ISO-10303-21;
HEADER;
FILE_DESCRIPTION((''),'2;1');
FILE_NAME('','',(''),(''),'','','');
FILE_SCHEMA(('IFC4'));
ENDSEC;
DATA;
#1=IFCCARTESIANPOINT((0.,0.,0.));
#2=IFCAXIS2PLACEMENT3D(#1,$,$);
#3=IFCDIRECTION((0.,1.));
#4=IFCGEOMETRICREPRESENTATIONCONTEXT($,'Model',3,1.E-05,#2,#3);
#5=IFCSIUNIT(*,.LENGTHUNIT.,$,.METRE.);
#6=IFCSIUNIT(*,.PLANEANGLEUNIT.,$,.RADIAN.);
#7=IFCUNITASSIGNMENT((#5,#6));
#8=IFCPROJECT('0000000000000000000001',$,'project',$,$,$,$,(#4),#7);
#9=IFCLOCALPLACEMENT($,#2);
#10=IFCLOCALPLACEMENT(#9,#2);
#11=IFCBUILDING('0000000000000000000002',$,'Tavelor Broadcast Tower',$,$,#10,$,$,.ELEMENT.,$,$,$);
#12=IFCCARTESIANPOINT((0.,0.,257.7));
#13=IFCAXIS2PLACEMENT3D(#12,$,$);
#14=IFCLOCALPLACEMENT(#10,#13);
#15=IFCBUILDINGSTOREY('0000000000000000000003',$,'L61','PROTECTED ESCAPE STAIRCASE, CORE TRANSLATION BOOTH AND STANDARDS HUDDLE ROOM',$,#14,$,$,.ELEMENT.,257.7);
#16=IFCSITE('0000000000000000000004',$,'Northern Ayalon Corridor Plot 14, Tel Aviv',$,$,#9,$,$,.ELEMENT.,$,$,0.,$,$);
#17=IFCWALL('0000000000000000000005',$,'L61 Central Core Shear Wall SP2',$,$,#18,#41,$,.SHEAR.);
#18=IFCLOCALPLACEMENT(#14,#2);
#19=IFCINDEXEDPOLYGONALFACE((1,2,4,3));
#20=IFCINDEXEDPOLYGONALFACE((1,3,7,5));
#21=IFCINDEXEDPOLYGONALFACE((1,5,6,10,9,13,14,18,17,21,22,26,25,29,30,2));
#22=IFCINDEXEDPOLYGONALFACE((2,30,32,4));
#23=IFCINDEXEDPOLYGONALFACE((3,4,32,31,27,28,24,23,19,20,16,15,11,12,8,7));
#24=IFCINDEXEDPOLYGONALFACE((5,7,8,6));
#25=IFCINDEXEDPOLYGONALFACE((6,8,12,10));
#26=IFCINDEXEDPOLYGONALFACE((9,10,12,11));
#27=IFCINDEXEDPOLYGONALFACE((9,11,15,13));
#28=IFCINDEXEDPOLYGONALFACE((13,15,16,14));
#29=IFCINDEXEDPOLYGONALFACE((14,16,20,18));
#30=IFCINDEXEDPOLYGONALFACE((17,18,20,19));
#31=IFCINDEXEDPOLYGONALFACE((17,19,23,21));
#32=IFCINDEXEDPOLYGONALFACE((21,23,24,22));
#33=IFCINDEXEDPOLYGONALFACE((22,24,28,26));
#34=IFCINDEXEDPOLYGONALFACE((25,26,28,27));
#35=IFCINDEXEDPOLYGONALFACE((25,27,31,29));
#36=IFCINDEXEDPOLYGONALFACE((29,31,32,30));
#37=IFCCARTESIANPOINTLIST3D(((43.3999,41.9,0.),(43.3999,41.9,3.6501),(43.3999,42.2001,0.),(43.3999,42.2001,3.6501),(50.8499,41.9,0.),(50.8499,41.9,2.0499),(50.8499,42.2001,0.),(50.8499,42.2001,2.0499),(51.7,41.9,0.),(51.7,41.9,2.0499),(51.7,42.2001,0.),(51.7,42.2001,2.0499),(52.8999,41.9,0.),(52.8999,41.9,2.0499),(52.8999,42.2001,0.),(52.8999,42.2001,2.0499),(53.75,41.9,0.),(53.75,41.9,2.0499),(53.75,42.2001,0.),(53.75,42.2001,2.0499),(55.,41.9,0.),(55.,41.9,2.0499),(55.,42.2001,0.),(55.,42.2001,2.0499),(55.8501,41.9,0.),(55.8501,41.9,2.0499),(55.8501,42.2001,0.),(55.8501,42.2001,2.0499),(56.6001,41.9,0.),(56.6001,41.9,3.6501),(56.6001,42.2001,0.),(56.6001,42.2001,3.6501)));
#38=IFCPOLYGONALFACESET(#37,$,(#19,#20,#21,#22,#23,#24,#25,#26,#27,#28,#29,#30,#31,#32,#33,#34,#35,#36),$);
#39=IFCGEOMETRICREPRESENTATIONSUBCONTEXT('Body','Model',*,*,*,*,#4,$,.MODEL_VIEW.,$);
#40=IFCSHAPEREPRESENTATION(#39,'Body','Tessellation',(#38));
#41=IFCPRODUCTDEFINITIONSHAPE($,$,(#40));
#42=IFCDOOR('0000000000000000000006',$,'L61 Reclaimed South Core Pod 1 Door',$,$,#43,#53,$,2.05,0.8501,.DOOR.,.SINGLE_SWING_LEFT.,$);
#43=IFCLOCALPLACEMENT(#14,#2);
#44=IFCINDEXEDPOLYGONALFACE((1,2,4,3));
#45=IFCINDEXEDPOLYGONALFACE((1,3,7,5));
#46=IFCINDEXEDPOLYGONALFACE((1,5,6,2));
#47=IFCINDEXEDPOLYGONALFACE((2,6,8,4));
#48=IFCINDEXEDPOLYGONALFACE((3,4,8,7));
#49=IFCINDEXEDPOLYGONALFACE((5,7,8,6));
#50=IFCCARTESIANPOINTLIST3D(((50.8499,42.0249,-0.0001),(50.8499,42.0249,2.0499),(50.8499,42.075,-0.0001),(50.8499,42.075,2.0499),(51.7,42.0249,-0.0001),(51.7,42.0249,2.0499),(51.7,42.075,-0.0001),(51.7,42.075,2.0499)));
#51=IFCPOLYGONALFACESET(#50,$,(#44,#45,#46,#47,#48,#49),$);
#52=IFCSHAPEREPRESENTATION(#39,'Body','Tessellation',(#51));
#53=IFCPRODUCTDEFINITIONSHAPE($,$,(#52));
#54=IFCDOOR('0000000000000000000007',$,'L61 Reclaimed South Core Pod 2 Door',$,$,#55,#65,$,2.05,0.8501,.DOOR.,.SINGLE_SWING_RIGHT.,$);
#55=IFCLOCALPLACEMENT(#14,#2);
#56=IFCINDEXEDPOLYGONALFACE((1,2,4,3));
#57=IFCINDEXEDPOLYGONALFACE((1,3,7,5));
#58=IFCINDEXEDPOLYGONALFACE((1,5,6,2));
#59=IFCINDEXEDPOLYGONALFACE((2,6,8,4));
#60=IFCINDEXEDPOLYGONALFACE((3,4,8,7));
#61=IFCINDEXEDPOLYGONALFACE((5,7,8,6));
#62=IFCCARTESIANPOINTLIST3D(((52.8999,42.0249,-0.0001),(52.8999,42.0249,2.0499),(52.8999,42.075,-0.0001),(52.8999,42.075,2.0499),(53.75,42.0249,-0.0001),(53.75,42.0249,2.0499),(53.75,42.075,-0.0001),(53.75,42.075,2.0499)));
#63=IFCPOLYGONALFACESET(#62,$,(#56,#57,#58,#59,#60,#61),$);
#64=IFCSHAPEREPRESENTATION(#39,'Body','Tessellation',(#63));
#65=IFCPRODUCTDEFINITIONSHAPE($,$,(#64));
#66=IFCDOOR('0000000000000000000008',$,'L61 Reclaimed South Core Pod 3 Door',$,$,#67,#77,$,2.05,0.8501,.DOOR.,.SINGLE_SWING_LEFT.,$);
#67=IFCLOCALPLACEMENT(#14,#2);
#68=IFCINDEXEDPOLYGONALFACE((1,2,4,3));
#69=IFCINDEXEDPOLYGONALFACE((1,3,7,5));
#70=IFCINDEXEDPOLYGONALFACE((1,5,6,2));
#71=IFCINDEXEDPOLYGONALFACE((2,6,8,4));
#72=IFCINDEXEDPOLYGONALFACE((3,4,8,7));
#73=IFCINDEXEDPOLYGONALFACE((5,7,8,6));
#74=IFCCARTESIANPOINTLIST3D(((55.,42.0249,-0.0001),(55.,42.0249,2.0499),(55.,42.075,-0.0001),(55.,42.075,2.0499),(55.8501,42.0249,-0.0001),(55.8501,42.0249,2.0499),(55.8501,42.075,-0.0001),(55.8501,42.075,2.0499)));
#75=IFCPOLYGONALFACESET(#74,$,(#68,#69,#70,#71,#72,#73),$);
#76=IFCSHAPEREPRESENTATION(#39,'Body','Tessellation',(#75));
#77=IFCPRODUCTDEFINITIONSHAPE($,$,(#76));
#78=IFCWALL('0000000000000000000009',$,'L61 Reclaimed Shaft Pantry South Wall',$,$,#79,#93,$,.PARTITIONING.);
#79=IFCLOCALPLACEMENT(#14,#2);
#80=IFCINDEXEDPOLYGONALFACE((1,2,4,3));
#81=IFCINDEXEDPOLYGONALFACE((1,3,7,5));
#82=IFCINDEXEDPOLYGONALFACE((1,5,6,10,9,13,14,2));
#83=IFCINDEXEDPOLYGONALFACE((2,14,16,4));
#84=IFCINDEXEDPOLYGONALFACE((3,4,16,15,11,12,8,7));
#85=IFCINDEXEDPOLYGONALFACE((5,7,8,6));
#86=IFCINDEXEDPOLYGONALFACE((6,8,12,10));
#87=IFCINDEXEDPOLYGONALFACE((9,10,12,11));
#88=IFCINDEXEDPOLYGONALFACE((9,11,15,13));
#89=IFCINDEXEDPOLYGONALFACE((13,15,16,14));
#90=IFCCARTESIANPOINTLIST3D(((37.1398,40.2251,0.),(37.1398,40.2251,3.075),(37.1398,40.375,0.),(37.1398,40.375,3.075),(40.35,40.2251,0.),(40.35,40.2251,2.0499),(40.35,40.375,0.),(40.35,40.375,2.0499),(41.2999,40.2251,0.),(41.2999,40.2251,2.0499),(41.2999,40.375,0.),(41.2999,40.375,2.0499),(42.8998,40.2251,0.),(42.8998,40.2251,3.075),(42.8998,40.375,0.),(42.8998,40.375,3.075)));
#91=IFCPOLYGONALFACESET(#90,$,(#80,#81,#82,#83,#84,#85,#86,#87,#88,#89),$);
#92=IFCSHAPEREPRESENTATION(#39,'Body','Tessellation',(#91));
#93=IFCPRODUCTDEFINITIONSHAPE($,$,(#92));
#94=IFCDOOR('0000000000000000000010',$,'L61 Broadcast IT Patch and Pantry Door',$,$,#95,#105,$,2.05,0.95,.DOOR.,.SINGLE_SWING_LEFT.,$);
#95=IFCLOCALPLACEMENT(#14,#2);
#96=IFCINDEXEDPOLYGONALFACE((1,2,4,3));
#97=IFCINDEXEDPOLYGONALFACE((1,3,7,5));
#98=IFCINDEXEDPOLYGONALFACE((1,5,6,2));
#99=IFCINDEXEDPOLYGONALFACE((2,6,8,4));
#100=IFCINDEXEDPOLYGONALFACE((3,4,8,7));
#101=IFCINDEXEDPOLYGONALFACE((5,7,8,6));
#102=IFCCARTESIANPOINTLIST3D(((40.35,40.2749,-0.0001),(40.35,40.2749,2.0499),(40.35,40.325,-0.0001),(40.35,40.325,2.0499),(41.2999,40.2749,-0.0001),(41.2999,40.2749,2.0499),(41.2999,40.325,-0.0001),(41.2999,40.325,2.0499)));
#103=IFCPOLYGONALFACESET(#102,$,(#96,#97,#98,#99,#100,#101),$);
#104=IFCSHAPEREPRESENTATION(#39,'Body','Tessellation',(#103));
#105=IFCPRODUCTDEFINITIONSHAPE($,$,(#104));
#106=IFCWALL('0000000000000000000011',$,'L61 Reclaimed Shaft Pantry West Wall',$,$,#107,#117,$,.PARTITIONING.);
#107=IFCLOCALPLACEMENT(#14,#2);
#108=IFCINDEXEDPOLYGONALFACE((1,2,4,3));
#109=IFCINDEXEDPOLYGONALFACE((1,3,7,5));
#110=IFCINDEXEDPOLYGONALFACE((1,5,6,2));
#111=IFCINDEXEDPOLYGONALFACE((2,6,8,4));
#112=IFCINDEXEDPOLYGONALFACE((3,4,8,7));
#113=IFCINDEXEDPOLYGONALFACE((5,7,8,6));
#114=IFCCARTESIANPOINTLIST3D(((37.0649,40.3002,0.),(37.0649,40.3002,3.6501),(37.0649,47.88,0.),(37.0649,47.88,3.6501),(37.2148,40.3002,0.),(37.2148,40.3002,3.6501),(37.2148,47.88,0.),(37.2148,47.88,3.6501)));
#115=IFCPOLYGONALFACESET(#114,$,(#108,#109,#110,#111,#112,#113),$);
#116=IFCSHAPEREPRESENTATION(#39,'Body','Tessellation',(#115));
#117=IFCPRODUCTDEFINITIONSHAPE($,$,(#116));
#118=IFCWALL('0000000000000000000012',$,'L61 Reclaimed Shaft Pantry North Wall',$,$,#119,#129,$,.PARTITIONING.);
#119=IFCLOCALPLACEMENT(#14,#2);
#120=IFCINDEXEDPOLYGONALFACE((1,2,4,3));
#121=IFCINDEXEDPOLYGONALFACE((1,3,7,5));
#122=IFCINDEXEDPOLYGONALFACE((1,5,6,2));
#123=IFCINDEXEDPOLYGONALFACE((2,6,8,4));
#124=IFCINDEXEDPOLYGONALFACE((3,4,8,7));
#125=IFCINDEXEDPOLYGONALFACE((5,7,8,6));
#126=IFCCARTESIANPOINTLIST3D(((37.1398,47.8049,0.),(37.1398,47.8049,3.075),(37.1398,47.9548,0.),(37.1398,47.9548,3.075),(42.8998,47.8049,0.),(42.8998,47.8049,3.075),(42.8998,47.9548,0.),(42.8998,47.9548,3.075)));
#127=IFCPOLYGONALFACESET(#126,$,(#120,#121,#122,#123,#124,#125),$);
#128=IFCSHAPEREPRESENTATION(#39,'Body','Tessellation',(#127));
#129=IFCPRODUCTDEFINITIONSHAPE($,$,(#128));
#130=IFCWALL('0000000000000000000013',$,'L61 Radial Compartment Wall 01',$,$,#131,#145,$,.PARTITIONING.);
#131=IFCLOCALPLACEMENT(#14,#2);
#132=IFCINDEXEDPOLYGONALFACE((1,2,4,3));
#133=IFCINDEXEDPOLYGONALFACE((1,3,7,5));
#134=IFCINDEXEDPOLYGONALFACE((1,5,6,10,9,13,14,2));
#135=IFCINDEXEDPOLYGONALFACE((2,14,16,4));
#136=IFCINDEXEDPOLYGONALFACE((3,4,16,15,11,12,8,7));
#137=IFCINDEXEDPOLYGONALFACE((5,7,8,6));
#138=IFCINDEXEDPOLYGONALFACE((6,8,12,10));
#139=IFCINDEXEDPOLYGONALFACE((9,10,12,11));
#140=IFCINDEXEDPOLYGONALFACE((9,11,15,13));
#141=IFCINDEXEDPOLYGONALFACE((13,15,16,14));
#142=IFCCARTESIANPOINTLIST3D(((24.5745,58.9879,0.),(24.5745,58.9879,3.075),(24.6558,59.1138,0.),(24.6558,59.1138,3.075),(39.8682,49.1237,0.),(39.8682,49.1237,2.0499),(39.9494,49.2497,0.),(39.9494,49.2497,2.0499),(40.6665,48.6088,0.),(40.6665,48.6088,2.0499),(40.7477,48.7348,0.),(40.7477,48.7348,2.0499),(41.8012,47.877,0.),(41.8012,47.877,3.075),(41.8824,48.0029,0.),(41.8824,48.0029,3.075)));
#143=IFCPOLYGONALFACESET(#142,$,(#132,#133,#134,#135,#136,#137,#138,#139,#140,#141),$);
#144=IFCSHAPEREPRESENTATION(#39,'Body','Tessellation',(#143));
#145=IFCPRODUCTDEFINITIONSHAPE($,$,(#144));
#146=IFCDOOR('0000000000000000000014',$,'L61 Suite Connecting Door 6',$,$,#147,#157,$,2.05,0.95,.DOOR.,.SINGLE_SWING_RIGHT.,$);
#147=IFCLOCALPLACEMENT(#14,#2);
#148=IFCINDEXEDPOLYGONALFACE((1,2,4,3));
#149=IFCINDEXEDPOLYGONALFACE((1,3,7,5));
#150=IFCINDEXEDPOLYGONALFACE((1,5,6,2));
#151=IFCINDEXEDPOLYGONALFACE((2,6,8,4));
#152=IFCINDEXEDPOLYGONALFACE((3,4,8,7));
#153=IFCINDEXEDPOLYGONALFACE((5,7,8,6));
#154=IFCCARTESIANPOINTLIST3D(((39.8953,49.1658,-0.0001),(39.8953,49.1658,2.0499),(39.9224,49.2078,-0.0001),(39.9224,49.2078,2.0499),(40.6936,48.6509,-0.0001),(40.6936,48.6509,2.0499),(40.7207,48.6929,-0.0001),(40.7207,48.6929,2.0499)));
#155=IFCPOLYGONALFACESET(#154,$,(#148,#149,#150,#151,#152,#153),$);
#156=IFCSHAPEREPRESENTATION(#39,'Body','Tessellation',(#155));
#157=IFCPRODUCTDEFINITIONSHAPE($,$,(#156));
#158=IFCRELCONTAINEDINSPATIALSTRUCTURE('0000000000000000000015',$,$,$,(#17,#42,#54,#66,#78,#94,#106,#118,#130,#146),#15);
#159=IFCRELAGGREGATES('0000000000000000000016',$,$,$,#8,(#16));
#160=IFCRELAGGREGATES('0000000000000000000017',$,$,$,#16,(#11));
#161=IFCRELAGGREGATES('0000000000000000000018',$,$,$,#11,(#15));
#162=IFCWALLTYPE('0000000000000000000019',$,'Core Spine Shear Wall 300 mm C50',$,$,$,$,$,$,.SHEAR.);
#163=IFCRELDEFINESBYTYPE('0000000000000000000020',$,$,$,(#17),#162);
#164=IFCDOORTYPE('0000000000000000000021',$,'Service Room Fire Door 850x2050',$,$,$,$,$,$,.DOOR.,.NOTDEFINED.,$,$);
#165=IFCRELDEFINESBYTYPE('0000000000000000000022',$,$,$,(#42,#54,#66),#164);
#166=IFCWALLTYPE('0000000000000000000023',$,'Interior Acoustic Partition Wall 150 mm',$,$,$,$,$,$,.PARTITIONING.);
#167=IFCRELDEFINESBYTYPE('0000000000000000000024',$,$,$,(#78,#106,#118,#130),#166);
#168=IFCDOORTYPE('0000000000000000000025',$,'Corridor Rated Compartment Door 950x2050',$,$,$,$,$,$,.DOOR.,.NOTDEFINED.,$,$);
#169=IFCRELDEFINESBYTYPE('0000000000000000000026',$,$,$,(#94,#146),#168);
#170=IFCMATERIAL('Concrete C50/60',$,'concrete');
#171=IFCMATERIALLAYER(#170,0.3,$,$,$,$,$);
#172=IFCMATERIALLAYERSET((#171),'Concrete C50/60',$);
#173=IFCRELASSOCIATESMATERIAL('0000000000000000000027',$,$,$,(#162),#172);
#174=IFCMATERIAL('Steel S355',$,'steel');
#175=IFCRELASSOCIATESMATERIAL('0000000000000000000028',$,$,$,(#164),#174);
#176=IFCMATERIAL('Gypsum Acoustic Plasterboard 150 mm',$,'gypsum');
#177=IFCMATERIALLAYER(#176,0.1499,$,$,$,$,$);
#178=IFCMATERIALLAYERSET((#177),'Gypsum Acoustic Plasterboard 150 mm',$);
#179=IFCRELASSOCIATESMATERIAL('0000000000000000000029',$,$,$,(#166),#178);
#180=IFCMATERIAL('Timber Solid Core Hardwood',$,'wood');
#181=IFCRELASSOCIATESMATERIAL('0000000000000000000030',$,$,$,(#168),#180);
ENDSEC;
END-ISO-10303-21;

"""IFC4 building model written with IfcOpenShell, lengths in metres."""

from ifc_helpers import new_model, si_unit, direction, frame, frame_2d, origin, place, context, subcontext, project, spatial, rectangle, extrude, material, layer, layer_set, type_object, element, fill, save


model = new_model("IFC4")

# Units and contexts
model_context = context("Model", 3, precision=1e-05, world=origin(), true_north=direction((0.0, 1.0)))
body_context = subcontext(model_context, "Body", "Model", "MODEL_VIEW")
ifc_project = project(units=[si_unit("LENGTHUNIT", "METRE"), si_unit("PLANEANGLEUNIT", "RADIAN")], contexts=[model_context])

# Site, building, storey
site_placement = place(None, origin())
site = spatial("IfcSite", under=ifc_project, at=site_placement, Name="Northern Ayalon Corridor Plot 14, Tel Aviv", CompositionType="ELEMENT", RefElevation=0.0)
building_placement = place(site_placement, origin())
building = spatial("IfcBuilding", under=site, at=building_placement, Name="Tavelor Broadcast Tower", CompositionType="ELEMENT")
storey_placement = place(building_placement, frame((0.0, 0.0, 257.7)))
storey = spatial("IfcBuildingStorey", under=building, at=storey_placement, Name="L61", Description="PROTECTED ESCAPE STAIRCASE, CORE TRANSLATION BOOTH AND STANDARDS HUDDLE ROOM", CompositionType="ELEMENT", Elevation=257.7)

# Shared definitions
ifc_material_1 = material(Name="Concrete C50/60", Category="concrete")

# Shared definitions
ifc_material_2 = material(Name="Steel S355", Category="steel")

# Wall, openings, doors
ifc_layer_1 = layer(ifc_material_1, 0.3)
ifc_layer_set_1 = layer_set([ifc_layer_1], Name="Concrete C50/60")
wall_type_1 = type_object("IfcWallType", Name="Core Spine Shear Wall 300 mm C50", PredefinedType="SHEAR", material=ifc_layer_set_1)
wall_1_placement = place(storey_placement, frame((43.3999, 42.05, 0.0), z_axis=(0.0, 0.0, 1.0), x_axis=(1.0, 0.0, 0.0)))
wall_1 = element("IfcWall", 1, at=wall_1_placement, inside=storey, type_object=wall_type_1, Name="L61 Central Core Shear Wall SP2", PredefinedType="SHEAR", context=body_context, shape_type="SweptSolid", body=[
    extrude(rectangle(XDim=13.2002, YDim=0.3, at=frame_2d((6.6001, 0.0))), origin(), (0.0, 0.0, 1.0), 3.6501),
])
opening_1_placement = place(wall_1_placement, frame((7.45, 0.0, 0.0)))
opening_1 = element("IfcOpeningElement", 2, at=opening_1_placement, cuts=wall_1, PredefinedType="OPENING", context=body_context, shape_type="SweptSolid", body=[
    extrude(rectangle(XDim=0.8501, YDim=2.05, at=frame_2d((0.425, 1.0249))), frame((0.0, 0.1602, 0.0), z_axis=(0.0, -1.0, 0.0), x_axis=(1.0, 0.0, 0.0)), (0.0, 0.0, 1.0), 0.3201),
])
opening_2_placement = place(wall_1_placement, frame((9.5, 0.0, 0.0)))
opening_2 = element("IfcOpeningElement", 3, at=opening_2_placement, cuts=wall_1, PredefinedType="OPENING", context=body_context, shape_type="SweptSolid", body=[
    extrude(rectangle(XDim=0.8501, YDim=2.05, at=frame_2d((0.425, 1.0249))), frame((0.0, 0.1602, 0.0), z_axis=(0.0, -1.0, 0.0), x_axis=(1.0, 0.0, 0.0)), (0.0, 0.0, 1.0), 0.3201),
])
opening_3_placement = place(wall_1_placement, frame((11.6001, 0.0, 0.0)))
opening_3 = element("IfcOpeningElement", 4, at=opening_3_placement, cuts=wall_1, PredefinedType="OPENING", context=body_context, shape_type="SweptSolid", body=[
    extrude(rectangle(XDim=0.8501, YDim=2.05, at=frame_2d((0.425, 1.0249))), frame((0.0, 0.1602, 0.0), z_axis=(0.0, -1.0, 0.0), x_axis=(1.0, 0.0, 0.0)), (0.0, 0.0, 1.0), 0.3201),
])
door_type_1 = type_object("IfcDoorType", Name="Service Room Fire Door 850x2050", OperationType="NOTDEFINED", PredefinedType="DOOR", material=ifc_material_2)
door_1_placement = place(opening_1_placement, origin())
door_1 = element("IfcDoor", 5, at=door_1_placement, inside=storey, type_object=door_type_1, Name="L61 Reclaimed South Core Pod 1 Door", OperationType="SINGLE_SWING_LEFT", OverallHeight=2.05, OverallWidth=0.8501, PredefinedType="DOOR", context=body_context, shape_type="SweptSolid", body=[
    extrude(rectangle(XDim=0.8501, YDim=2.05, at=frame_2d((0.425, 1.0249))), frame((0.0, 0.0249, 0.0), z_axis=(0.0, -1.0, 0.0), x_axis=(1.0, 0.0, 0.0)), (0.0, 0.0, 1.0), 0.05),
])
fill(opening_1, door_1)
door_2_placement = place(opening_2_placement, origin())
door_2 = element("IfcDoor", 6, at=door_2_placement, inside=storey, type_object=door_type_1, Name="L61 Reclaimed South Core Pod 2 Door", OperationType="SINGLE_SWING_RIGHT", OverallHeight=2.05, OverallWidth=0.8501, PredefinedType="DOOR", context=body_context, shape_type="SweptSolid", body=[
    extrude(rectangle(XDim=0.8501, YDim=2.05, at=frame_2d((0.425, 1.0249))), frame((0.0, 0.0249, 0.0), z_axis=(0.0, -1.0, 0.0), x_axis=(1.0, 0.0, 0.0)), (0.0, 0.0, 1.0), 0.05),
])
fill(opening_2, door_2)
door_3_placement = place(opening_3_placement, origin())
door_3 = element("IfcDoor", 7, at=door_3_placement, inside=storey, type_object=door_type_1, Name="L61 Reclaimed South Core Pod 3 Door", OperationType="SINGLE_SWING_LEFT", OverallHeight=2.05, OverallWidth=0.8501, PredefinedType="DOOR", context=body_context, shape_type="SweptSolid", body=[
    extrude(rectangle(XDim=0.8501, YDim=2.05, at=frame_2d((0.425, 1.0249))), frame((0.0, 0.0249, 0.0), z_axis=(0.0, -1.0, 0.0), x_axis=(1.0, 0.0, 0.0)), (0.0, 0.0, 1.0), 0.05),
])
fill(opening_3, door_3)

# Wall, opening, door
ifc_material_3 = material(Name="Gypsum Acoustic Plasterboard 150 mm", Category="gypsum")
ifc_layer_2 = layer(ifc_material_3, 0.1499)
ifc_layer_set_2 = layer_set([ifc_layer_2], Name="Gypsum Acoustic Plasterboard 150 mm")
wall_type_2 = type_object("IfcWallType", Name="Interior Acoustic Partition Wall 150 mm", PredefinedType="PARTITIONING", material=ifc_layer_set_2)
wall_2_placement = place(storey_placement, frame((37.1399, 40.3, 0.0), z_axis=(0.0, 0.0, 1.0), x_axis=(1.0, 0.0, 0.0)))
wall_2 = element("IfcWall", 8, at=wall_2_placement, inside=storey, type_object=wall_type_2, Name="L61 Reclaimed Shaft Pantry South Wall", PredefinedType="PARTITIONING", context=body_context, shape_type="SweptSolid", body=[
    extrude(rectangle(XDim=5.76, YDim=0.1499, at=frame_2d((2.8799, 0.0))), origin(), (0.0, 0.0, 1.0), 3.075),
])
opening_4_placement = place(wall_2_placement, frame((3.21, 0.0, 0.0)))
opening_4 = element("IfcOpeningElement", 9, at=opening_4_placement, cuts=wall_2, PredefinedType="OPENING", context=body_context, shape_type="SweptSolid", body=[
    extrude(rectangle(XDim=0.95, YDim=2.05, at=frame_2d((0.4751, 1.0249))), frame((0.0, 0.085, 0.0), z_axis=(0.0, -1.0, 0.0), x_axis=(1.0, 0.0, 0.0)), (0.0, 0.0, 1.0), 0.1699),
])
ifc_material_4 = material(Name="Timber Solid Core Hardwood", Category="wood")
door_type_2 = type_object("IfcDoorType", Name="Corridor Rated Compartment Door 950x2050", OperationType="NOTDEFINED", PredefinedType="DOOR", material=ifc_material_4)
door_4_placement = place(opening_4_placement, origin())
door_4 = element("IfcDoor", 10, at=door_4_placement, inside=storey, type_object=door_type_2, Name="L61 Broadcast IT Patch and Pantry Door", OperationType="SINGLE_SWING_LEFT", OverallHeight=2.05, OverallWidth=0.95, PredefinedType="DOOR", context=body_context, shape_type="SweptSolid", body=[
    extrude(rectangle(XDim=0.95, YDim=2.05, at=frame_2d((0.4751, 1.0249))), frame((0.0, 0.0249, 0.0), z_axis=(0.0, -1.0, 0.0), x_axis=(1.0, 0.0, 0.0)), (0.0, 0.0, 1.0), 0.05),
])
fill(opening_4, door_4)

# Walls
wall_3_placement = place(storey_placement, frame((37.1399, 40.3, 0.0), z_axis=(0.0, 0.0, 1.0), x_axis=(0.0, 1.0, 0.0)))
element("IfcWall", 11, at=wall_3_placement, inside=storey, type_object=wall_type_2, Name="L61 Reclaimed Shaft Pantry West Wall", PredefinedType="PARTITIONING", context=body_context, shape_type="SweptSolid", body=[
    extrude(rectangle(XDim=7.5798, YDim=0.1499, at=frame_2d((3.79, 0.0))), origin(), (0.0, 0.0, 1.0), 3.6501),
])
wall_4_placement = place(storey_placement, frame((37.1399, 47.8799, 0.0), z_axis=(0.0, 0.0, 1.0), x_axis=(1.0, 0.0, 0.0)))
element("IfcWall", 12, at=wall_4_placement, inside=storey, type_object=wall_type_2, Name="L61 Reclaimed Shaft Pantry North Wall", PredefinedType="PARTITIONING", context=body_context, shape_type="SweptSolid", body=[
    extrude(rectangle(XDim=5.76, YDim=0.1499, at=frame_2d((2.8799, 0.0))), origin(), (0.0, 0.0, 1.0), 3.075),
])

# Wall, opening, door
wall_5_placement = place(storey_placement, frame((41.8418, 47.9399, 0.0), z_axis=(0.0, 0.0, 1.0), x_axis=(-0.840365, 0.542021, 0.0)))
wall_5 = element("IfcWall", 13, at=wall_5_placement, inside=storey, type_object=wall_type_2, Name="L61 Radial Compartment Wall 01", PredefinedType="PARTITIONING", context=body_context, shape_type="SweptSolid", body=[
    extrude(rectangle(XDim=20.499, YDim=0.1499, at=frame_2d((10.2495, 0.0))), origin(), (0.0, 0.0, 1.0), 3.075),
])
opening_5_placement = place(wall_5_placement, frame((1.3501, 0.0, 0.0)))
opening_5 = element("IfcOpeningElement", 14, at=opening_5_placement, cuts=wall_5, PredefinedType="OPENING", context=body_context, shape_type="SweptSolid", body=[
    extrude(rectangle(XDim=0.95, YDim=2.05, at=frame_2d((0.4751, 1.0249))), frame((0.0, 0.085, 0.0), z_axis=(0.0, -1.0, 0.0), x_axis=(1.0, 0.0, 0.0)), (0.0, 0.0, 1.0), 0.1699),
])
door_5_placement = place(opening_5_placement, origin())
door_5 = element("IfcDoor", 15, at=door_5_placement, inside=storey, type_object=door_type_2, Name="L61 Suite Connecting Door 6", OperationType="SINGLE_SWING_RIGHT", OverallHeight=2.05, OverallWidth=0.95, PredefinedType="DOOR", context=body_context, shape_type="SweptSolid", body=[
    extrude(rectangle(XDim=0.95, YDim=2.05, at=frame_2d((0.4751, 1.0249))), frame((0.0, 0.0249, 0.0), z_axis=(0.0, -1.0, 0.0), x_axis=(1.0, 0.0, 0.0)), (0.0, 0.0, 1.0), 0.05),
])
fill(opening_5, door_5)

save(model, "model.ifc")
